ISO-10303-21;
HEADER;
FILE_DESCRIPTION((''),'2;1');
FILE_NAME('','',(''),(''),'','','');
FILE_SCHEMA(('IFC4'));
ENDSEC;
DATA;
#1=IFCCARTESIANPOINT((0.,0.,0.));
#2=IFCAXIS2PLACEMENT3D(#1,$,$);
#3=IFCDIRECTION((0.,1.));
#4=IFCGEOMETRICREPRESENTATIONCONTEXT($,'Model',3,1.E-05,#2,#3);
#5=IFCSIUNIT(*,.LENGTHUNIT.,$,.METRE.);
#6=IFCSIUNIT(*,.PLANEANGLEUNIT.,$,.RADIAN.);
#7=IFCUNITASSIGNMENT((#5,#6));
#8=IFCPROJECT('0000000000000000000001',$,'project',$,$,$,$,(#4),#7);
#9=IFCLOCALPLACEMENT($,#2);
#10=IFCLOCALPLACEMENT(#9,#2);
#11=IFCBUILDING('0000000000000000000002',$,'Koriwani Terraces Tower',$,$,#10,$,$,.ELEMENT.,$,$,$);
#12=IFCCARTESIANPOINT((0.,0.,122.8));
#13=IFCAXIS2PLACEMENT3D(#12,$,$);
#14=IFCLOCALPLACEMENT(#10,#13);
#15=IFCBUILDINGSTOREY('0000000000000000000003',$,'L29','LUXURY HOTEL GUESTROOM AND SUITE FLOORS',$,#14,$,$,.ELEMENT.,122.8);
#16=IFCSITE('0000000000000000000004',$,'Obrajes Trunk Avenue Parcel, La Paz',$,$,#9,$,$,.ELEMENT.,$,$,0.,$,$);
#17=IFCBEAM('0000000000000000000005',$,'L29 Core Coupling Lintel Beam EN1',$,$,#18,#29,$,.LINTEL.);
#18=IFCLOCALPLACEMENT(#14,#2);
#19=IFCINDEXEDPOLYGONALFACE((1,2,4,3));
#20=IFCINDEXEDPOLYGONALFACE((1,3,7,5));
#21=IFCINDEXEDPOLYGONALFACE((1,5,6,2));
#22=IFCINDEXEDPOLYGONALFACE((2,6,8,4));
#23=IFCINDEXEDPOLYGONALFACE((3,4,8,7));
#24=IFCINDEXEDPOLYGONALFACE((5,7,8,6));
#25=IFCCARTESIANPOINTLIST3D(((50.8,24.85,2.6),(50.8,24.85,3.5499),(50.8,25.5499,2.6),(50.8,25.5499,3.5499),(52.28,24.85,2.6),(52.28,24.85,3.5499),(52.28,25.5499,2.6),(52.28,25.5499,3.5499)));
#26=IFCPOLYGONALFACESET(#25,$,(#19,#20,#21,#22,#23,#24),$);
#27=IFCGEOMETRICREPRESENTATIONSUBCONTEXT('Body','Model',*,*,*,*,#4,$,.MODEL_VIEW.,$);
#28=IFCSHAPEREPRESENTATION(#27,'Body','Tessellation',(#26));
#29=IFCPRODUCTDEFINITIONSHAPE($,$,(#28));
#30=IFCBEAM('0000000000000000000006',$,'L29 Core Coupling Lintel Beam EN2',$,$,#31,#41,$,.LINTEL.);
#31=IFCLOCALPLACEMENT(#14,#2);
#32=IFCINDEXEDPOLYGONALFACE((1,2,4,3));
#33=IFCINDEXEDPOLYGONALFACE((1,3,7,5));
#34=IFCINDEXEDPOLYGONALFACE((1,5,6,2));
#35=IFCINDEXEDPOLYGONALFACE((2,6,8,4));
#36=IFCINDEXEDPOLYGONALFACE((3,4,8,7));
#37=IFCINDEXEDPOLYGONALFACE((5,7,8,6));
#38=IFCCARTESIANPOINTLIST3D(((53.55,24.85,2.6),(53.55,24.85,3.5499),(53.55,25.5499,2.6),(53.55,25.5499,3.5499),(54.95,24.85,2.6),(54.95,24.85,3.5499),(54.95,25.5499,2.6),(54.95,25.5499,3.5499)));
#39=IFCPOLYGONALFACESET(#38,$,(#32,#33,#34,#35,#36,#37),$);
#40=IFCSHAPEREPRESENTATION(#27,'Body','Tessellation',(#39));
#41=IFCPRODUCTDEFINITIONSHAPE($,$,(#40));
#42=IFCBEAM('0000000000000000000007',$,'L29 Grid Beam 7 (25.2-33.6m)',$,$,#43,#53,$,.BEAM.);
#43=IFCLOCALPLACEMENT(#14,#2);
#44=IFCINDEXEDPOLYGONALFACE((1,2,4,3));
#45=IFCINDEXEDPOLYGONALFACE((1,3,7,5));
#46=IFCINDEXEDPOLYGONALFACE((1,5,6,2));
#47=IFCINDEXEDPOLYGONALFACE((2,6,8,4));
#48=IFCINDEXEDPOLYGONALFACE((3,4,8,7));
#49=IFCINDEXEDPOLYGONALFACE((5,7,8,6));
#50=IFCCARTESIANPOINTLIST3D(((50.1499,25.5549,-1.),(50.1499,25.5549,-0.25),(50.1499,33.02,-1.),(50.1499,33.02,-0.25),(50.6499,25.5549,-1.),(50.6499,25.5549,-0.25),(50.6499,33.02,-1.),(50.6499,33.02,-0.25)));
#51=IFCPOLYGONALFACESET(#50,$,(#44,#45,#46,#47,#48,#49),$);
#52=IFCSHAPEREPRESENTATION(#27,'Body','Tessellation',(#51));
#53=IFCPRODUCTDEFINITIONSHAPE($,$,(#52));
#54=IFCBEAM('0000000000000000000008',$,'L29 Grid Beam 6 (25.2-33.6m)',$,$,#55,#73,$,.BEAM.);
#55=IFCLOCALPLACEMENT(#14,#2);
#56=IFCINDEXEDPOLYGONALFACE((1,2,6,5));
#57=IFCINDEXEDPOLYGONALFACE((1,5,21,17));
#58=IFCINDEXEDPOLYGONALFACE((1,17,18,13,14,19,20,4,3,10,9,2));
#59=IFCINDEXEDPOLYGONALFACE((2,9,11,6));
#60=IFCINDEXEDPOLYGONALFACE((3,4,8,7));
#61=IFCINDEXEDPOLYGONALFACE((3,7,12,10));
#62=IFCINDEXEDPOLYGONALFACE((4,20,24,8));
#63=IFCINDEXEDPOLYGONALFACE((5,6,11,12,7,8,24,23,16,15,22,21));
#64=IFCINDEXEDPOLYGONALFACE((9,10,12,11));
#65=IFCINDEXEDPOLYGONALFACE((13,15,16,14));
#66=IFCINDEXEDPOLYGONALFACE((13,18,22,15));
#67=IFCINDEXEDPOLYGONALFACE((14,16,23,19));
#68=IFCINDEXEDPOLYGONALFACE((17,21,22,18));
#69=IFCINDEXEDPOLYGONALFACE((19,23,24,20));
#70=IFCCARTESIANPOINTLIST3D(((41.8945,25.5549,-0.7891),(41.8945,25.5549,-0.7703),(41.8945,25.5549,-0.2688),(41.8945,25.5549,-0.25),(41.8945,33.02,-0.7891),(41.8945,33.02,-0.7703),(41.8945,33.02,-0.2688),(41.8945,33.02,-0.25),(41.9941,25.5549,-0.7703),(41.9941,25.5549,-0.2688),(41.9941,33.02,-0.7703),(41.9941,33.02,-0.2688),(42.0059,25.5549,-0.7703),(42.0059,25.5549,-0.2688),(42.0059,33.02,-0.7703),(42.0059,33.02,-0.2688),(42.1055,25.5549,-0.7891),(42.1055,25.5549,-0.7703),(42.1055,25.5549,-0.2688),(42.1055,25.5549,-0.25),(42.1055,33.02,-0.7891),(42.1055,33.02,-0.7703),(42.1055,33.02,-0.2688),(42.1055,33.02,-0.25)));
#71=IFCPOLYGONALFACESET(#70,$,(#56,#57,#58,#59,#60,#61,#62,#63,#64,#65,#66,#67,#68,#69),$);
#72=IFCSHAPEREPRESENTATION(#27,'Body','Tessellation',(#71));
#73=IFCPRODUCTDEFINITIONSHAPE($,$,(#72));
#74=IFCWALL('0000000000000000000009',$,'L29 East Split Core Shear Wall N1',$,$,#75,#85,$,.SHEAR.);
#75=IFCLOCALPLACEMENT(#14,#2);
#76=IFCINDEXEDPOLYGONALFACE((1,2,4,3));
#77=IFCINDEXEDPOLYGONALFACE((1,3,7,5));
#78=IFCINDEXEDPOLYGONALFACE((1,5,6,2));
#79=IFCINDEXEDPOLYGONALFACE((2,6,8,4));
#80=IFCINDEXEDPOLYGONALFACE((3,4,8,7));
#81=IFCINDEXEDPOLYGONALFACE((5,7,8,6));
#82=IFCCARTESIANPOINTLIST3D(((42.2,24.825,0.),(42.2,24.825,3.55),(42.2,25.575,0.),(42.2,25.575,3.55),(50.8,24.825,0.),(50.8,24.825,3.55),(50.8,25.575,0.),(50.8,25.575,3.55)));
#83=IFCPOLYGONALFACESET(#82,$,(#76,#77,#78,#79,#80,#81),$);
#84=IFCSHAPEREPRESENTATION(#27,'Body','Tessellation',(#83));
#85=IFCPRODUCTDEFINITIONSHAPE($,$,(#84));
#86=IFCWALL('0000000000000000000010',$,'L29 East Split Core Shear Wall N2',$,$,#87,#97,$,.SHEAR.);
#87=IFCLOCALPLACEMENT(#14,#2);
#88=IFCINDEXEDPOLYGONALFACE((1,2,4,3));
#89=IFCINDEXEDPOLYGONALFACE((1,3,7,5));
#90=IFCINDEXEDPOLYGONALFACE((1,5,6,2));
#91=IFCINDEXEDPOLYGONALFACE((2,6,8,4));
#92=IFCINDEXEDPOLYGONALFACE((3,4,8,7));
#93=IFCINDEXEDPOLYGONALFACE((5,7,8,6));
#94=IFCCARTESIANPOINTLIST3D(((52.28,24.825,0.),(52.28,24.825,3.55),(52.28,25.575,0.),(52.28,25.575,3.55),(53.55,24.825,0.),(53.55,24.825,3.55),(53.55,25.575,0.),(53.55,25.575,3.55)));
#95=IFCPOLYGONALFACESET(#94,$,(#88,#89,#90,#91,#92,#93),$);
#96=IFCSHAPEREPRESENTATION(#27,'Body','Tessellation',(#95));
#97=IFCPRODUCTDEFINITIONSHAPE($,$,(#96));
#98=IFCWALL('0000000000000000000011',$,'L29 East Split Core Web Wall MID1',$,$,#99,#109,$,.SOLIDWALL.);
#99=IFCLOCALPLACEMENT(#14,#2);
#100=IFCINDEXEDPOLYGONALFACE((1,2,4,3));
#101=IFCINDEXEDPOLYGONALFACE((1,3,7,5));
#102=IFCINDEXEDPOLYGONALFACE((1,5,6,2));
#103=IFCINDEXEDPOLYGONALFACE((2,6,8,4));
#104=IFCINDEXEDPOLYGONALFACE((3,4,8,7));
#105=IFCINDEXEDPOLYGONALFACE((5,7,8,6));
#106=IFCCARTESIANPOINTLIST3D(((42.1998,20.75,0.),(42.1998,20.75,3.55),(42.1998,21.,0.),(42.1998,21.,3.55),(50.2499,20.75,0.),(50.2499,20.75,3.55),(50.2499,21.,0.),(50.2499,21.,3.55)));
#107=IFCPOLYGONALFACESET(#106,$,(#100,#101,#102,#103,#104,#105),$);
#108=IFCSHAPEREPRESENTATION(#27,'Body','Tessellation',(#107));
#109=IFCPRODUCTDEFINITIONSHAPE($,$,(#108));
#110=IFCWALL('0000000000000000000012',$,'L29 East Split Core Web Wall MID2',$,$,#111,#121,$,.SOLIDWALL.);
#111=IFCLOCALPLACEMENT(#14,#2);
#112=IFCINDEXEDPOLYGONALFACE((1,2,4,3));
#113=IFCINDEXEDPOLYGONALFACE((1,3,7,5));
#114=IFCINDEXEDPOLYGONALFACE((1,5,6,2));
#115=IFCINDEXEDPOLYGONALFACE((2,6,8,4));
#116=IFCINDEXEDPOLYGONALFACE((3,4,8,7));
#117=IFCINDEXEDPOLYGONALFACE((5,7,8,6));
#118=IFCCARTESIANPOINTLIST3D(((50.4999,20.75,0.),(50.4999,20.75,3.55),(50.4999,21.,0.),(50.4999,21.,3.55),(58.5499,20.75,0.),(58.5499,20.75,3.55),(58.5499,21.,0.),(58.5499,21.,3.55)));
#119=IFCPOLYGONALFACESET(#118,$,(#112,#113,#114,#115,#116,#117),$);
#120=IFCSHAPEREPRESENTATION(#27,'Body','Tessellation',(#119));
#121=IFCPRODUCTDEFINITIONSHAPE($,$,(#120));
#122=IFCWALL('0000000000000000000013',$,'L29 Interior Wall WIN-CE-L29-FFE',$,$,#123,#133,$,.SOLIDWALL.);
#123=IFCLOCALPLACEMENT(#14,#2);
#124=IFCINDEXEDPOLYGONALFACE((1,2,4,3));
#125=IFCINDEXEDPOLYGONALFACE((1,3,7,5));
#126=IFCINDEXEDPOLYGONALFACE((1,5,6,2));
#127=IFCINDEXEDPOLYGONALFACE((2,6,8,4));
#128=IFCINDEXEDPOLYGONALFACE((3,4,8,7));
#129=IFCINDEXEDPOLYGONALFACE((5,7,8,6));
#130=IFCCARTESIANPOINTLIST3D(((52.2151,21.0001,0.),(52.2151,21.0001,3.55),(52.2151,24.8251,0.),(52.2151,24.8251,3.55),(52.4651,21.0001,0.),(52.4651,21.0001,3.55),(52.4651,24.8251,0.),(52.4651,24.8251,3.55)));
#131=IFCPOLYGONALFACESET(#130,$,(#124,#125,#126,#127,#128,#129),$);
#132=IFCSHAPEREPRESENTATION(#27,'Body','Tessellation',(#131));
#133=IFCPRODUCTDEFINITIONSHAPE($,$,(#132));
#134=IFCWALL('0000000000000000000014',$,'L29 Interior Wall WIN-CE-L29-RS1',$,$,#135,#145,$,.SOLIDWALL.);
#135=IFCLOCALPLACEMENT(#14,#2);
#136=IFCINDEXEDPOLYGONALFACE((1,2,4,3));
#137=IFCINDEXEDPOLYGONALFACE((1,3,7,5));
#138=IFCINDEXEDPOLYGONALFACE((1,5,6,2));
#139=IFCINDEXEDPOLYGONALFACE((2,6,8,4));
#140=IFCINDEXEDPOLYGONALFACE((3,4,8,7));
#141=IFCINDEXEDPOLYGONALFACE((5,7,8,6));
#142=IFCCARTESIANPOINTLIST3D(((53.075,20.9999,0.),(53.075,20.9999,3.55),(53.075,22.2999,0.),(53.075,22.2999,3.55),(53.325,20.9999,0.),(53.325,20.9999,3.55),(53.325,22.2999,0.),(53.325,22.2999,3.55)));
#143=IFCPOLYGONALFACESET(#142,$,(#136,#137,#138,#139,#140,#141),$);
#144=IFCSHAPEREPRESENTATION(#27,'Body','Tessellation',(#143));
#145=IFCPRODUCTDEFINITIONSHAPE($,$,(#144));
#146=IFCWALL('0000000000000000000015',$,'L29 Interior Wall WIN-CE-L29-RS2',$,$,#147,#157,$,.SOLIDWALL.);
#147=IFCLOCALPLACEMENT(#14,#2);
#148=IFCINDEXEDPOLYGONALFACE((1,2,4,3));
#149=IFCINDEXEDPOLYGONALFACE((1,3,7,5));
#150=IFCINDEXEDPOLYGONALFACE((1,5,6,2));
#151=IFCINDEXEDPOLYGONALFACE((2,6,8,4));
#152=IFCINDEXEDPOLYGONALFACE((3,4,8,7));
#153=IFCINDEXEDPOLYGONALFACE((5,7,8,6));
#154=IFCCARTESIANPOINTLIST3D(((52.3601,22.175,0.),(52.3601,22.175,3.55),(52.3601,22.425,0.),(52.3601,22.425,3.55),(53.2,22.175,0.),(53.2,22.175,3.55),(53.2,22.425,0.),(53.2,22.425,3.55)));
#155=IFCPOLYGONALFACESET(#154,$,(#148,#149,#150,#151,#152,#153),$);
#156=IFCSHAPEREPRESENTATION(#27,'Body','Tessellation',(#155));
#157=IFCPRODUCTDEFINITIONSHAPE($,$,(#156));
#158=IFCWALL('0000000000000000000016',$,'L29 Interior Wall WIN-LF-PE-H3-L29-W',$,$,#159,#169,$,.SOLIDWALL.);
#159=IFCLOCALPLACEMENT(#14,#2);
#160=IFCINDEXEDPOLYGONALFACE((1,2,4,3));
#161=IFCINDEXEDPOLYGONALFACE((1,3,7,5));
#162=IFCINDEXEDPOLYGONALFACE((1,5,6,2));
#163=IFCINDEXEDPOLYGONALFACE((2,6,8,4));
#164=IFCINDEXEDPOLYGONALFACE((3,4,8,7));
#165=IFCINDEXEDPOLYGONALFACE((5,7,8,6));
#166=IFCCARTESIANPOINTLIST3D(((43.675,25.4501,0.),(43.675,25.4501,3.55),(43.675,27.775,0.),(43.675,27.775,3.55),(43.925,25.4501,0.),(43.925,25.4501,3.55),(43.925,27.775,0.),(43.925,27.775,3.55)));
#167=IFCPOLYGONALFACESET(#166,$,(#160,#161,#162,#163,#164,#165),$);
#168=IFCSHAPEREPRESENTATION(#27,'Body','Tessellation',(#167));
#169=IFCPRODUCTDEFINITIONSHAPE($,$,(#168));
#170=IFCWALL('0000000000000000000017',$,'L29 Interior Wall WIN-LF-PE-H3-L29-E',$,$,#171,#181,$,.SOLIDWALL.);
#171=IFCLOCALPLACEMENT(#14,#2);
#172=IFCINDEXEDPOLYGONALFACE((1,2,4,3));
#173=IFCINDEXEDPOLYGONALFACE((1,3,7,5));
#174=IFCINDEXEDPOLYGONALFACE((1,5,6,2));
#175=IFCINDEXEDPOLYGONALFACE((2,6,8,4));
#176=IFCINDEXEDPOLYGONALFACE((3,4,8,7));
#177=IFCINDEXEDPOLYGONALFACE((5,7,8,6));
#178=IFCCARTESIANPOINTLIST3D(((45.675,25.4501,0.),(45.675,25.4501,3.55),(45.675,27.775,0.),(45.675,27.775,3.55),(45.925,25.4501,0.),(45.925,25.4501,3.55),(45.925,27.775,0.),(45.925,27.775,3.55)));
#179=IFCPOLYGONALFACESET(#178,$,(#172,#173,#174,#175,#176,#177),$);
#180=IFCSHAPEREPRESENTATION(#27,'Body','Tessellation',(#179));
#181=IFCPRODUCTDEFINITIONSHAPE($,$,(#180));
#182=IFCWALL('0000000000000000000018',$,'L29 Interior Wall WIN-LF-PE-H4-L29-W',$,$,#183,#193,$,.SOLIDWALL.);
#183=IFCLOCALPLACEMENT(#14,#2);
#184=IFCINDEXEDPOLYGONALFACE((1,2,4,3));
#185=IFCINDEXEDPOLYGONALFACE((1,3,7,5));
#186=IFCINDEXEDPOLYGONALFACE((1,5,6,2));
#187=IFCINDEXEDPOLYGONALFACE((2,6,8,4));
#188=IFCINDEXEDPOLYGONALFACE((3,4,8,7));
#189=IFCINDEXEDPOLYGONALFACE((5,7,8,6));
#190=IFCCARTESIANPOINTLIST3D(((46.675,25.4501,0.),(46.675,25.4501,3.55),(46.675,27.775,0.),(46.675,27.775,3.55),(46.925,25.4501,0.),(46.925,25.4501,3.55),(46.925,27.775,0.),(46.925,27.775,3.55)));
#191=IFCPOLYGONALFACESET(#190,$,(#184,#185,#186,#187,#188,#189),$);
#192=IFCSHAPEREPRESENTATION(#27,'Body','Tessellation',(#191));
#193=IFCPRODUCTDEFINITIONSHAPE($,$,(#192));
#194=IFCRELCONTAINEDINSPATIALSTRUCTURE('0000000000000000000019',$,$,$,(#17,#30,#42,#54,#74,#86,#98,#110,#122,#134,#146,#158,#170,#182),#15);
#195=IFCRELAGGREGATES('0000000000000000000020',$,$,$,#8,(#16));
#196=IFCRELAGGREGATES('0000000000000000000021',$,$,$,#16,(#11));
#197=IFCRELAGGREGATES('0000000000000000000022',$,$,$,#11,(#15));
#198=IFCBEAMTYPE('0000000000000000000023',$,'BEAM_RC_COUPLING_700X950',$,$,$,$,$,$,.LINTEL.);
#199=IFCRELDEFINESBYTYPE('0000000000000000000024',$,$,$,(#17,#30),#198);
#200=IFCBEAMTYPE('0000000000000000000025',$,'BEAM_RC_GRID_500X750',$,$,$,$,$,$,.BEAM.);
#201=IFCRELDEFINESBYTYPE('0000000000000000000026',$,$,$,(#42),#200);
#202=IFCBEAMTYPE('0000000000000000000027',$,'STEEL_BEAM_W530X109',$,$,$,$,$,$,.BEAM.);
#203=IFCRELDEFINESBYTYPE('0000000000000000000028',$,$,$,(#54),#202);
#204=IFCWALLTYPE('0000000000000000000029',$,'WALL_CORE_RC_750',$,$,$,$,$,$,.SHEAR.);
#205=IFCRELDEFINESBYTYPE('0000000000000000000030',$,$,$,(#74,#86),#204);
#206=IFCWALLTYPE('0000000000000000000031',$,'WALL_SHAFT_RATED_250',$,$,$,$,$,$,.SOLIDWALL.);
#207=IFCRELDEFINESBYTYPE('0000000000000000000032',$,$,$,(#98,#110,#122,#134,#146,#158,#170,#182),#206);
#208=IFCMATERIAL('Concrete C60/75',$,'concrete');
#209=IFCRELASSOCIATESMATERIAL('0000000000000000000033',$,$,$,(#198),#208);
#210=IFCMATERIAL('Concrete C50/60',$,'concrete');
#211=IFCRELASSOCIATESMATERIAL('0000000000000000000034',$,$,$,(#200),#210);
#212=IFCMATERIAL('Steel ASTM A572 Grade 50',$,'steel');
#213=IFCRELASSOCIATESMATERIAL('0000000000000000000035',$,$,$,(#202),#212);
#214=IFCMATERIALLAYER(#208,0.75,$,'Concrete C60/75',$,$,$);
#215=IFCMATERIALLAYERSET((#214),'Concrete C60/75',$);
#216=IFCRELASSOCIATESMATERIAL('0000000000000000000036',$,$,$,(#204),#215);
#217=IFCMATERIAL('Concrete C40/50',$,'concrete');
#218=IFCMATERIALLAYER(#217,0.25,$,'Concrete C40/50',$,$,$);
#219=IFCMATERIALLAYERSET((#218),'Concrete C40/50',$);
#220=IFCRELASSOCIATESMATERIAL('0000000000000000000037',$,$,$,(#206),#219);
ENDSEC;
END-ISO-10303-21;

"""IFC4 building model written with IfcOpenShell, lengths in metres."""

from ifc_helpers import new_model, si_unit, direction, frame, frame_2d, origin, origin_2d, place, context, subcontext, project, spatial, rectangle, i_section, extrude, material, layer, layer_set, material_profile, profile_set, type_object, element, save


model = new_model("IFC4")

# Units and contexts
model_context = context("Model", 3, precision=1e-05, world=origin(), true_north=direction((0.0, 1.0)))
body_context = subcontext(model_context, "Body", "Model", "MODEL_VIEW")
ifc_project = project(units=[si_unit("LENGTHUNIT", "METRE"), si_unit("PLANEANGLEUNIT", "RADIAN")], contexts=[model_context])

# Site, building, storey
site_placement = place(None, origin())
site = spatial("IfcSite", under=ifc_project, at=site_placement, Name="Obrajes Trunk Avenue Parcel, La Paz", CompositionType="ELEMENT", RefElevation=0.0)
building_placement = place(site_placement, origin())
building = spatial("IfcBuilding", under=site, at=building_placement, Name="Koriwani Terraces Tower", CompositionType="ELEMENT")
storey_placement = place(building_placement, frame((0.0, 0.0, 122.8)))
storey = spatial("IfcBuildingStorey", under=building, at=storey_placement, Name="L29", Description="LUXURY HOTEL GUESTROOM AND SUITE FLOORS", CompositionType="ELEMENT", Elevation=122.8)

# Beams
ifc_material_1 = material(Name="Concrete C60/75", Category="concrete")
ifc_material_profile_1 = material_profile(ifc_material_1, rectangle(XDim=0.7, YDim=0.95, at=origin_2d()), Name="Concrete C60/75", Category="LoadBearing")
ifc_profile_set_1 = profile_set([ifc_material_profile_1], Name="Concrete C60/75")
beam_type_1 = type_object("IfcBeamType", Name="BEAM_RC_COUPLING_700X950", PredefinedType="LINTEL", material=ifc_profile_set_1)
beam_1_placement = place(storey_placement, frame((50.8, 25.2, 3.075), z_axis=(1.0, 0.0, 0.0), x_axis=(0.0, 1.0, 0.0)))
element("IfcBeam", 1, at=beam_1_placement, inside=storey, type_object=beam_type_1, Name="L29 Core Coupling Lintel Beam EN1", PredefinedType="LINTEL", context=body_context, shape_type="SweptSolid", body=[
    extrude(rectangle(XDim=0.7, YDim=0.95, at=origin_2d()), origin(), (0.0, 0.0, 1.0), 1.48),
])
beam_2_placement = place(storey_placement, frame((53.55, 25.2, 3.075), z_axis=(1.0, 0.0, 0.0), x_axis=(0.0, 1.0, 0.0)))
element("IfcBeam", 2, at=beam_2_placement, inside=storey, type_object=beam_type_1, Name="L29 Core Coupling Lintel Beam EN2", PredefinedType="LINTEL", context=body_context, shape_type="SweptSolid", body=[
    extrude(rectangle(XDim=0.7, YDim=0.95, at=origin_2d()), origin(), (0.0, 0.0, 1.0), 1.3999),
])
ifc_material_2 = material(Name="Concrete C50/60", Category="concrete")
ifc_material_profile_2 = material_profile(ifc_material_2, rectangle(XDim=0.5, YDim=0.75, at=origin_2d()), Name="Concrete C50/60", Category="LoadBearing")
ifc_profile_set_2 = profile_set([ifc_material_profile_2], Name="Concrete C50/60")
beam_type_2 = type_object("IfcBeamType", Name="BEAM_RC_GRID_500X750", PredefinedType="BEAM", material=ifc_profile_set_2)
beam_3_placement = place(storey_placement, frame((50.3999, 25.5549, -0.625), z_axis=(0.0, 1.0, 0.0), x_axis=(-1.0, 0.0, 0.0)))
element("IfcBeam", 3, at=beam_3_placement, inside=storey, type_object=beam_type_2, Name="L29 Grid Beam 7 (25.2-33.6m)", PredefinedType="BEAM", context=body_context, shape_type="SweptSolid", body=[
    extrude(rectangle(XDim=0.5, YDim=0.75, at=origin_2d()), origin(), (0.0, 0.0, 1.0), 7.4651),
])
ifc_material_3 = material(Name="Steel ASTM A572 Grade 50", Category="steel")
ifc_material_profile_3 = material_profile(ifc_material_3, i_section(OverallWidth=0.2109, OverallDepth=0.5391, WebThickness=0.0117, FlangeThickness=0.0188, at=origin_2d()), Name="Steel ASTM A572 Grade 50", Category="LoadBearing")
ifc_profile_set_3 = profile_set([ifc_material_profile_3], Name="Steel ASTM A572 Grade 50")
beam_type_3 = type_object("IfcBeamType", Name="STEEL_BEAM_W530X109", PredefinedType="BEAM", material=ifc_profile_set_3)
beam_4_placement = place(storey_placement, frame((42.0, 25.5549, -0.5195), z_axis=(0.0, 1.0, 0.0), x_axis=(-1.0, 0.0, 0.0)))
element("IfcBeam", 4, at=beam_4_placement, inside=storey, type_object=beam_type_3, Name="L29 Grid Beam 6 (25.2-33.6m)", PredefinedType="BEAM", context=body_context, shape_type="SweptSolid", body=[
    extrude(i_section(OverallWidth=0.2109, OverallDepth=0.5391, WebThickness=0.0117, FlangeThickness=0.0188, at=origin_2d()), origin(), (0.0, 0.0, 1.0), 7.4651),
])

# Walls
ifc_layer_1 = layer(ifc_material_1, 0.75, Name="Concrete C60/75")
ifc_layer_set_1 = layer_set([ifc_layer_1], Name="Concrete C60/75")
wall_type_1 = type_object("IfcWallType", Name="WALL_CORE_RC_750", PredefinedType="SHEAR", material=ifc_layer_set_1)
wall_1_placement = place(storey_placement, frame((42.2, 25.2, 0.0), z_axis=(0.0, 0.0, 1.0), x_axis=(1.0, 0.0, 0.0)))
element("IfcWall", 5, at=wall_1_placement, inside=storey, type_object=wall_type_1, Name="L29 East Split Core Shear Wall N1", PredefinedType="SHEAR", context=body_context, shape_type="SweptSolid", body=[
    extrude(rectangle(XDim=8.6001, YDim=0.75, at=frame_2d((4.3, 0.0))), origin(), (0.0, 0.0, 1.0), 3.55),
])
wall_2_placement = place(storey_placement, frame((52.28, 25.2, 0.0), z_axis=(0.0, 0.0, 1.0), x_axis=(1.0, 0.0, 0.0)))
element("IfcWall", 6, at=wall_2_placement, inside=storey, type_object=wall_type_1, Name="L29 East Split Core Shear Wall N2", PredefinedType="SHEAR", context=body_context, shape_type="SweptSolid", body=[
    extrude(rectangle(XDim=1.27, YDim=0.75, at=frame_2d((0.635, 0.0))), origin(), (0.0, 0.0, 1.0), 3.55),
])
ifc_material_4 = material(Name="Concrete C40/50", Category="concrete")
ifc_layer_2 = layer(ifc_material_4, 0.25, Name="Concrete C40/50")
ifc_layer_set_2 = layer_set([ifc_layer_2], Name="Concrete C40/50")
wall_type_2 = type_object("IfcWallType", Name="WALL_SHAFT_RATED_250", PredefinedType="SOLIDWALL", material=ifc_layer_set_2)
for number, where, z_axis, x_axis, name in (
    (7, (42.2, 20.875, 0.0), (0.0, 0.0, 1.0), (1.0, 0.0, 0.0), "L29 East Split Core Web Wall MID1"),
    (8, (50.5, 20.875, 0.0), (0.0, 0.0, 1.0), (1.0, 0.0, 0.0), "L29 East Split Core Web Wall MID2"),
):
    element("IfcWall", number, at=place(storey_placement, frame(where, z_axis=z_axis, x_axis=x_axis)), inside=storey, type_object=wall_type_2, Name=name, PredefinedType="SOLIDWALL", context=body_context, shape_type="SweptSolid", body=[
        extrude(rectangle(XDim=8.05, YDim=0.25, at=frame_2d((4.0249, 0.0))), origin(), (0.0, 0.0, 1.0), 3.55),
    ])

# Wall
wall_3_placement = place(storey_placement, frame((52.3401, 21.0, 0.0), z_axis=(0.0, 0.0, 1.0), x_axis=(0.0, 1.0, 0.0)))
element("IfcWall", 9, at=wall_3_placement, inside=storey, type_object=wall_type_2, Name="L29 Interior Wall WIN-CE-L29-FFE", PredefinedType="SOLIDWALL", context=body_context, shape_type="SweptSolid", body=[
    extrude(rectangle(XDim=3.825, YDim=0.25, at=frame_2d((1.9126, 0.0))), origin(), (0.0, 0.0, 1.0), 3.55),
])

# Walls
wall_4_placement = place(storey_placement, frame((53.2, 21.0, 0.0), z_axis=(0.0, 0.0, 1.0), x_axis=(0.0, 1.0, 0.0)))
element("IfcWall", 10, at=wall_4_placement, inside=storey, type_object=wall_type_2, Name="L29 Interior Wall WIN-CE-L29-RS1", PredefinedType="SOLIDWALL", context=body_context, shape_type="SweptSolid", body=[
    extrude(rectangle(XDim=1.3, YDim=0.25, at=frame_2d((0.6499, 0.0))), origin(), (0.0, 0.0, 1.0), 3.55),
])
wall_5_placement = place(storey_placement, frame((52.3601, 22.3, 0.0), z_axis=(0.0, 0.0, 1.0), x_axis=(1.0, 0.0, 0.0)))
element("IfcWall", 11, at=wall_5_placement, inside=storey, type_object=wall_type_2, Name="L29 Interior Wall WIN-CE-L29-RS2", PredefinedType="SOLIDWALL", context=body_context, shape_type="SweptSolid", body=[
    extrude(rectangle(XDim=0.8398, YDim=0.25, at=frame_2d((0.4199, 0.0))), origin(), (0.0, 0.0, 1.0), 3.55),
])
for number, where, z_axis, x_axis, name in (
    (12, (43.8, 25.45, 0.0), (0.0, 0.0, 1.0), (0.0, 1.0, 0.0), "L29 Interior Wall WIN-LF-PE-H3-L29-W"),
    (13, (45.8, 25.45, 0.0), (0.0, 0.0, 1.0), (0.0, 1.0, 0.0), "L29 Interior Wall WIN-LF-PE-H3-L29-E"),
    (14, (46.8, 25.45, 0.0), (0.0, 0.0, 1.0), (0.0, 1.0, 0.0), "L29 Interior Wall WIN-LF-PE-H4-L29-W"),
):
    element("IfcWall", number, at=place(storey_placement, frame(where, z_axis=z_axis, x_axis=x_axis)), inside=storey, type_object=wall_type_2, Name=name, PredefinedType="SOLIDWALL", context=body_context, shape_type="SweptSolid", body=[
        extrude(rectangle(XDim=2.325, YDim=0.25, at=frame_2d((1.1626, 0.0))), origin(), (0.0, 0.0, 1.0), 3.55),
    ])

save(model, "model.ifc")
